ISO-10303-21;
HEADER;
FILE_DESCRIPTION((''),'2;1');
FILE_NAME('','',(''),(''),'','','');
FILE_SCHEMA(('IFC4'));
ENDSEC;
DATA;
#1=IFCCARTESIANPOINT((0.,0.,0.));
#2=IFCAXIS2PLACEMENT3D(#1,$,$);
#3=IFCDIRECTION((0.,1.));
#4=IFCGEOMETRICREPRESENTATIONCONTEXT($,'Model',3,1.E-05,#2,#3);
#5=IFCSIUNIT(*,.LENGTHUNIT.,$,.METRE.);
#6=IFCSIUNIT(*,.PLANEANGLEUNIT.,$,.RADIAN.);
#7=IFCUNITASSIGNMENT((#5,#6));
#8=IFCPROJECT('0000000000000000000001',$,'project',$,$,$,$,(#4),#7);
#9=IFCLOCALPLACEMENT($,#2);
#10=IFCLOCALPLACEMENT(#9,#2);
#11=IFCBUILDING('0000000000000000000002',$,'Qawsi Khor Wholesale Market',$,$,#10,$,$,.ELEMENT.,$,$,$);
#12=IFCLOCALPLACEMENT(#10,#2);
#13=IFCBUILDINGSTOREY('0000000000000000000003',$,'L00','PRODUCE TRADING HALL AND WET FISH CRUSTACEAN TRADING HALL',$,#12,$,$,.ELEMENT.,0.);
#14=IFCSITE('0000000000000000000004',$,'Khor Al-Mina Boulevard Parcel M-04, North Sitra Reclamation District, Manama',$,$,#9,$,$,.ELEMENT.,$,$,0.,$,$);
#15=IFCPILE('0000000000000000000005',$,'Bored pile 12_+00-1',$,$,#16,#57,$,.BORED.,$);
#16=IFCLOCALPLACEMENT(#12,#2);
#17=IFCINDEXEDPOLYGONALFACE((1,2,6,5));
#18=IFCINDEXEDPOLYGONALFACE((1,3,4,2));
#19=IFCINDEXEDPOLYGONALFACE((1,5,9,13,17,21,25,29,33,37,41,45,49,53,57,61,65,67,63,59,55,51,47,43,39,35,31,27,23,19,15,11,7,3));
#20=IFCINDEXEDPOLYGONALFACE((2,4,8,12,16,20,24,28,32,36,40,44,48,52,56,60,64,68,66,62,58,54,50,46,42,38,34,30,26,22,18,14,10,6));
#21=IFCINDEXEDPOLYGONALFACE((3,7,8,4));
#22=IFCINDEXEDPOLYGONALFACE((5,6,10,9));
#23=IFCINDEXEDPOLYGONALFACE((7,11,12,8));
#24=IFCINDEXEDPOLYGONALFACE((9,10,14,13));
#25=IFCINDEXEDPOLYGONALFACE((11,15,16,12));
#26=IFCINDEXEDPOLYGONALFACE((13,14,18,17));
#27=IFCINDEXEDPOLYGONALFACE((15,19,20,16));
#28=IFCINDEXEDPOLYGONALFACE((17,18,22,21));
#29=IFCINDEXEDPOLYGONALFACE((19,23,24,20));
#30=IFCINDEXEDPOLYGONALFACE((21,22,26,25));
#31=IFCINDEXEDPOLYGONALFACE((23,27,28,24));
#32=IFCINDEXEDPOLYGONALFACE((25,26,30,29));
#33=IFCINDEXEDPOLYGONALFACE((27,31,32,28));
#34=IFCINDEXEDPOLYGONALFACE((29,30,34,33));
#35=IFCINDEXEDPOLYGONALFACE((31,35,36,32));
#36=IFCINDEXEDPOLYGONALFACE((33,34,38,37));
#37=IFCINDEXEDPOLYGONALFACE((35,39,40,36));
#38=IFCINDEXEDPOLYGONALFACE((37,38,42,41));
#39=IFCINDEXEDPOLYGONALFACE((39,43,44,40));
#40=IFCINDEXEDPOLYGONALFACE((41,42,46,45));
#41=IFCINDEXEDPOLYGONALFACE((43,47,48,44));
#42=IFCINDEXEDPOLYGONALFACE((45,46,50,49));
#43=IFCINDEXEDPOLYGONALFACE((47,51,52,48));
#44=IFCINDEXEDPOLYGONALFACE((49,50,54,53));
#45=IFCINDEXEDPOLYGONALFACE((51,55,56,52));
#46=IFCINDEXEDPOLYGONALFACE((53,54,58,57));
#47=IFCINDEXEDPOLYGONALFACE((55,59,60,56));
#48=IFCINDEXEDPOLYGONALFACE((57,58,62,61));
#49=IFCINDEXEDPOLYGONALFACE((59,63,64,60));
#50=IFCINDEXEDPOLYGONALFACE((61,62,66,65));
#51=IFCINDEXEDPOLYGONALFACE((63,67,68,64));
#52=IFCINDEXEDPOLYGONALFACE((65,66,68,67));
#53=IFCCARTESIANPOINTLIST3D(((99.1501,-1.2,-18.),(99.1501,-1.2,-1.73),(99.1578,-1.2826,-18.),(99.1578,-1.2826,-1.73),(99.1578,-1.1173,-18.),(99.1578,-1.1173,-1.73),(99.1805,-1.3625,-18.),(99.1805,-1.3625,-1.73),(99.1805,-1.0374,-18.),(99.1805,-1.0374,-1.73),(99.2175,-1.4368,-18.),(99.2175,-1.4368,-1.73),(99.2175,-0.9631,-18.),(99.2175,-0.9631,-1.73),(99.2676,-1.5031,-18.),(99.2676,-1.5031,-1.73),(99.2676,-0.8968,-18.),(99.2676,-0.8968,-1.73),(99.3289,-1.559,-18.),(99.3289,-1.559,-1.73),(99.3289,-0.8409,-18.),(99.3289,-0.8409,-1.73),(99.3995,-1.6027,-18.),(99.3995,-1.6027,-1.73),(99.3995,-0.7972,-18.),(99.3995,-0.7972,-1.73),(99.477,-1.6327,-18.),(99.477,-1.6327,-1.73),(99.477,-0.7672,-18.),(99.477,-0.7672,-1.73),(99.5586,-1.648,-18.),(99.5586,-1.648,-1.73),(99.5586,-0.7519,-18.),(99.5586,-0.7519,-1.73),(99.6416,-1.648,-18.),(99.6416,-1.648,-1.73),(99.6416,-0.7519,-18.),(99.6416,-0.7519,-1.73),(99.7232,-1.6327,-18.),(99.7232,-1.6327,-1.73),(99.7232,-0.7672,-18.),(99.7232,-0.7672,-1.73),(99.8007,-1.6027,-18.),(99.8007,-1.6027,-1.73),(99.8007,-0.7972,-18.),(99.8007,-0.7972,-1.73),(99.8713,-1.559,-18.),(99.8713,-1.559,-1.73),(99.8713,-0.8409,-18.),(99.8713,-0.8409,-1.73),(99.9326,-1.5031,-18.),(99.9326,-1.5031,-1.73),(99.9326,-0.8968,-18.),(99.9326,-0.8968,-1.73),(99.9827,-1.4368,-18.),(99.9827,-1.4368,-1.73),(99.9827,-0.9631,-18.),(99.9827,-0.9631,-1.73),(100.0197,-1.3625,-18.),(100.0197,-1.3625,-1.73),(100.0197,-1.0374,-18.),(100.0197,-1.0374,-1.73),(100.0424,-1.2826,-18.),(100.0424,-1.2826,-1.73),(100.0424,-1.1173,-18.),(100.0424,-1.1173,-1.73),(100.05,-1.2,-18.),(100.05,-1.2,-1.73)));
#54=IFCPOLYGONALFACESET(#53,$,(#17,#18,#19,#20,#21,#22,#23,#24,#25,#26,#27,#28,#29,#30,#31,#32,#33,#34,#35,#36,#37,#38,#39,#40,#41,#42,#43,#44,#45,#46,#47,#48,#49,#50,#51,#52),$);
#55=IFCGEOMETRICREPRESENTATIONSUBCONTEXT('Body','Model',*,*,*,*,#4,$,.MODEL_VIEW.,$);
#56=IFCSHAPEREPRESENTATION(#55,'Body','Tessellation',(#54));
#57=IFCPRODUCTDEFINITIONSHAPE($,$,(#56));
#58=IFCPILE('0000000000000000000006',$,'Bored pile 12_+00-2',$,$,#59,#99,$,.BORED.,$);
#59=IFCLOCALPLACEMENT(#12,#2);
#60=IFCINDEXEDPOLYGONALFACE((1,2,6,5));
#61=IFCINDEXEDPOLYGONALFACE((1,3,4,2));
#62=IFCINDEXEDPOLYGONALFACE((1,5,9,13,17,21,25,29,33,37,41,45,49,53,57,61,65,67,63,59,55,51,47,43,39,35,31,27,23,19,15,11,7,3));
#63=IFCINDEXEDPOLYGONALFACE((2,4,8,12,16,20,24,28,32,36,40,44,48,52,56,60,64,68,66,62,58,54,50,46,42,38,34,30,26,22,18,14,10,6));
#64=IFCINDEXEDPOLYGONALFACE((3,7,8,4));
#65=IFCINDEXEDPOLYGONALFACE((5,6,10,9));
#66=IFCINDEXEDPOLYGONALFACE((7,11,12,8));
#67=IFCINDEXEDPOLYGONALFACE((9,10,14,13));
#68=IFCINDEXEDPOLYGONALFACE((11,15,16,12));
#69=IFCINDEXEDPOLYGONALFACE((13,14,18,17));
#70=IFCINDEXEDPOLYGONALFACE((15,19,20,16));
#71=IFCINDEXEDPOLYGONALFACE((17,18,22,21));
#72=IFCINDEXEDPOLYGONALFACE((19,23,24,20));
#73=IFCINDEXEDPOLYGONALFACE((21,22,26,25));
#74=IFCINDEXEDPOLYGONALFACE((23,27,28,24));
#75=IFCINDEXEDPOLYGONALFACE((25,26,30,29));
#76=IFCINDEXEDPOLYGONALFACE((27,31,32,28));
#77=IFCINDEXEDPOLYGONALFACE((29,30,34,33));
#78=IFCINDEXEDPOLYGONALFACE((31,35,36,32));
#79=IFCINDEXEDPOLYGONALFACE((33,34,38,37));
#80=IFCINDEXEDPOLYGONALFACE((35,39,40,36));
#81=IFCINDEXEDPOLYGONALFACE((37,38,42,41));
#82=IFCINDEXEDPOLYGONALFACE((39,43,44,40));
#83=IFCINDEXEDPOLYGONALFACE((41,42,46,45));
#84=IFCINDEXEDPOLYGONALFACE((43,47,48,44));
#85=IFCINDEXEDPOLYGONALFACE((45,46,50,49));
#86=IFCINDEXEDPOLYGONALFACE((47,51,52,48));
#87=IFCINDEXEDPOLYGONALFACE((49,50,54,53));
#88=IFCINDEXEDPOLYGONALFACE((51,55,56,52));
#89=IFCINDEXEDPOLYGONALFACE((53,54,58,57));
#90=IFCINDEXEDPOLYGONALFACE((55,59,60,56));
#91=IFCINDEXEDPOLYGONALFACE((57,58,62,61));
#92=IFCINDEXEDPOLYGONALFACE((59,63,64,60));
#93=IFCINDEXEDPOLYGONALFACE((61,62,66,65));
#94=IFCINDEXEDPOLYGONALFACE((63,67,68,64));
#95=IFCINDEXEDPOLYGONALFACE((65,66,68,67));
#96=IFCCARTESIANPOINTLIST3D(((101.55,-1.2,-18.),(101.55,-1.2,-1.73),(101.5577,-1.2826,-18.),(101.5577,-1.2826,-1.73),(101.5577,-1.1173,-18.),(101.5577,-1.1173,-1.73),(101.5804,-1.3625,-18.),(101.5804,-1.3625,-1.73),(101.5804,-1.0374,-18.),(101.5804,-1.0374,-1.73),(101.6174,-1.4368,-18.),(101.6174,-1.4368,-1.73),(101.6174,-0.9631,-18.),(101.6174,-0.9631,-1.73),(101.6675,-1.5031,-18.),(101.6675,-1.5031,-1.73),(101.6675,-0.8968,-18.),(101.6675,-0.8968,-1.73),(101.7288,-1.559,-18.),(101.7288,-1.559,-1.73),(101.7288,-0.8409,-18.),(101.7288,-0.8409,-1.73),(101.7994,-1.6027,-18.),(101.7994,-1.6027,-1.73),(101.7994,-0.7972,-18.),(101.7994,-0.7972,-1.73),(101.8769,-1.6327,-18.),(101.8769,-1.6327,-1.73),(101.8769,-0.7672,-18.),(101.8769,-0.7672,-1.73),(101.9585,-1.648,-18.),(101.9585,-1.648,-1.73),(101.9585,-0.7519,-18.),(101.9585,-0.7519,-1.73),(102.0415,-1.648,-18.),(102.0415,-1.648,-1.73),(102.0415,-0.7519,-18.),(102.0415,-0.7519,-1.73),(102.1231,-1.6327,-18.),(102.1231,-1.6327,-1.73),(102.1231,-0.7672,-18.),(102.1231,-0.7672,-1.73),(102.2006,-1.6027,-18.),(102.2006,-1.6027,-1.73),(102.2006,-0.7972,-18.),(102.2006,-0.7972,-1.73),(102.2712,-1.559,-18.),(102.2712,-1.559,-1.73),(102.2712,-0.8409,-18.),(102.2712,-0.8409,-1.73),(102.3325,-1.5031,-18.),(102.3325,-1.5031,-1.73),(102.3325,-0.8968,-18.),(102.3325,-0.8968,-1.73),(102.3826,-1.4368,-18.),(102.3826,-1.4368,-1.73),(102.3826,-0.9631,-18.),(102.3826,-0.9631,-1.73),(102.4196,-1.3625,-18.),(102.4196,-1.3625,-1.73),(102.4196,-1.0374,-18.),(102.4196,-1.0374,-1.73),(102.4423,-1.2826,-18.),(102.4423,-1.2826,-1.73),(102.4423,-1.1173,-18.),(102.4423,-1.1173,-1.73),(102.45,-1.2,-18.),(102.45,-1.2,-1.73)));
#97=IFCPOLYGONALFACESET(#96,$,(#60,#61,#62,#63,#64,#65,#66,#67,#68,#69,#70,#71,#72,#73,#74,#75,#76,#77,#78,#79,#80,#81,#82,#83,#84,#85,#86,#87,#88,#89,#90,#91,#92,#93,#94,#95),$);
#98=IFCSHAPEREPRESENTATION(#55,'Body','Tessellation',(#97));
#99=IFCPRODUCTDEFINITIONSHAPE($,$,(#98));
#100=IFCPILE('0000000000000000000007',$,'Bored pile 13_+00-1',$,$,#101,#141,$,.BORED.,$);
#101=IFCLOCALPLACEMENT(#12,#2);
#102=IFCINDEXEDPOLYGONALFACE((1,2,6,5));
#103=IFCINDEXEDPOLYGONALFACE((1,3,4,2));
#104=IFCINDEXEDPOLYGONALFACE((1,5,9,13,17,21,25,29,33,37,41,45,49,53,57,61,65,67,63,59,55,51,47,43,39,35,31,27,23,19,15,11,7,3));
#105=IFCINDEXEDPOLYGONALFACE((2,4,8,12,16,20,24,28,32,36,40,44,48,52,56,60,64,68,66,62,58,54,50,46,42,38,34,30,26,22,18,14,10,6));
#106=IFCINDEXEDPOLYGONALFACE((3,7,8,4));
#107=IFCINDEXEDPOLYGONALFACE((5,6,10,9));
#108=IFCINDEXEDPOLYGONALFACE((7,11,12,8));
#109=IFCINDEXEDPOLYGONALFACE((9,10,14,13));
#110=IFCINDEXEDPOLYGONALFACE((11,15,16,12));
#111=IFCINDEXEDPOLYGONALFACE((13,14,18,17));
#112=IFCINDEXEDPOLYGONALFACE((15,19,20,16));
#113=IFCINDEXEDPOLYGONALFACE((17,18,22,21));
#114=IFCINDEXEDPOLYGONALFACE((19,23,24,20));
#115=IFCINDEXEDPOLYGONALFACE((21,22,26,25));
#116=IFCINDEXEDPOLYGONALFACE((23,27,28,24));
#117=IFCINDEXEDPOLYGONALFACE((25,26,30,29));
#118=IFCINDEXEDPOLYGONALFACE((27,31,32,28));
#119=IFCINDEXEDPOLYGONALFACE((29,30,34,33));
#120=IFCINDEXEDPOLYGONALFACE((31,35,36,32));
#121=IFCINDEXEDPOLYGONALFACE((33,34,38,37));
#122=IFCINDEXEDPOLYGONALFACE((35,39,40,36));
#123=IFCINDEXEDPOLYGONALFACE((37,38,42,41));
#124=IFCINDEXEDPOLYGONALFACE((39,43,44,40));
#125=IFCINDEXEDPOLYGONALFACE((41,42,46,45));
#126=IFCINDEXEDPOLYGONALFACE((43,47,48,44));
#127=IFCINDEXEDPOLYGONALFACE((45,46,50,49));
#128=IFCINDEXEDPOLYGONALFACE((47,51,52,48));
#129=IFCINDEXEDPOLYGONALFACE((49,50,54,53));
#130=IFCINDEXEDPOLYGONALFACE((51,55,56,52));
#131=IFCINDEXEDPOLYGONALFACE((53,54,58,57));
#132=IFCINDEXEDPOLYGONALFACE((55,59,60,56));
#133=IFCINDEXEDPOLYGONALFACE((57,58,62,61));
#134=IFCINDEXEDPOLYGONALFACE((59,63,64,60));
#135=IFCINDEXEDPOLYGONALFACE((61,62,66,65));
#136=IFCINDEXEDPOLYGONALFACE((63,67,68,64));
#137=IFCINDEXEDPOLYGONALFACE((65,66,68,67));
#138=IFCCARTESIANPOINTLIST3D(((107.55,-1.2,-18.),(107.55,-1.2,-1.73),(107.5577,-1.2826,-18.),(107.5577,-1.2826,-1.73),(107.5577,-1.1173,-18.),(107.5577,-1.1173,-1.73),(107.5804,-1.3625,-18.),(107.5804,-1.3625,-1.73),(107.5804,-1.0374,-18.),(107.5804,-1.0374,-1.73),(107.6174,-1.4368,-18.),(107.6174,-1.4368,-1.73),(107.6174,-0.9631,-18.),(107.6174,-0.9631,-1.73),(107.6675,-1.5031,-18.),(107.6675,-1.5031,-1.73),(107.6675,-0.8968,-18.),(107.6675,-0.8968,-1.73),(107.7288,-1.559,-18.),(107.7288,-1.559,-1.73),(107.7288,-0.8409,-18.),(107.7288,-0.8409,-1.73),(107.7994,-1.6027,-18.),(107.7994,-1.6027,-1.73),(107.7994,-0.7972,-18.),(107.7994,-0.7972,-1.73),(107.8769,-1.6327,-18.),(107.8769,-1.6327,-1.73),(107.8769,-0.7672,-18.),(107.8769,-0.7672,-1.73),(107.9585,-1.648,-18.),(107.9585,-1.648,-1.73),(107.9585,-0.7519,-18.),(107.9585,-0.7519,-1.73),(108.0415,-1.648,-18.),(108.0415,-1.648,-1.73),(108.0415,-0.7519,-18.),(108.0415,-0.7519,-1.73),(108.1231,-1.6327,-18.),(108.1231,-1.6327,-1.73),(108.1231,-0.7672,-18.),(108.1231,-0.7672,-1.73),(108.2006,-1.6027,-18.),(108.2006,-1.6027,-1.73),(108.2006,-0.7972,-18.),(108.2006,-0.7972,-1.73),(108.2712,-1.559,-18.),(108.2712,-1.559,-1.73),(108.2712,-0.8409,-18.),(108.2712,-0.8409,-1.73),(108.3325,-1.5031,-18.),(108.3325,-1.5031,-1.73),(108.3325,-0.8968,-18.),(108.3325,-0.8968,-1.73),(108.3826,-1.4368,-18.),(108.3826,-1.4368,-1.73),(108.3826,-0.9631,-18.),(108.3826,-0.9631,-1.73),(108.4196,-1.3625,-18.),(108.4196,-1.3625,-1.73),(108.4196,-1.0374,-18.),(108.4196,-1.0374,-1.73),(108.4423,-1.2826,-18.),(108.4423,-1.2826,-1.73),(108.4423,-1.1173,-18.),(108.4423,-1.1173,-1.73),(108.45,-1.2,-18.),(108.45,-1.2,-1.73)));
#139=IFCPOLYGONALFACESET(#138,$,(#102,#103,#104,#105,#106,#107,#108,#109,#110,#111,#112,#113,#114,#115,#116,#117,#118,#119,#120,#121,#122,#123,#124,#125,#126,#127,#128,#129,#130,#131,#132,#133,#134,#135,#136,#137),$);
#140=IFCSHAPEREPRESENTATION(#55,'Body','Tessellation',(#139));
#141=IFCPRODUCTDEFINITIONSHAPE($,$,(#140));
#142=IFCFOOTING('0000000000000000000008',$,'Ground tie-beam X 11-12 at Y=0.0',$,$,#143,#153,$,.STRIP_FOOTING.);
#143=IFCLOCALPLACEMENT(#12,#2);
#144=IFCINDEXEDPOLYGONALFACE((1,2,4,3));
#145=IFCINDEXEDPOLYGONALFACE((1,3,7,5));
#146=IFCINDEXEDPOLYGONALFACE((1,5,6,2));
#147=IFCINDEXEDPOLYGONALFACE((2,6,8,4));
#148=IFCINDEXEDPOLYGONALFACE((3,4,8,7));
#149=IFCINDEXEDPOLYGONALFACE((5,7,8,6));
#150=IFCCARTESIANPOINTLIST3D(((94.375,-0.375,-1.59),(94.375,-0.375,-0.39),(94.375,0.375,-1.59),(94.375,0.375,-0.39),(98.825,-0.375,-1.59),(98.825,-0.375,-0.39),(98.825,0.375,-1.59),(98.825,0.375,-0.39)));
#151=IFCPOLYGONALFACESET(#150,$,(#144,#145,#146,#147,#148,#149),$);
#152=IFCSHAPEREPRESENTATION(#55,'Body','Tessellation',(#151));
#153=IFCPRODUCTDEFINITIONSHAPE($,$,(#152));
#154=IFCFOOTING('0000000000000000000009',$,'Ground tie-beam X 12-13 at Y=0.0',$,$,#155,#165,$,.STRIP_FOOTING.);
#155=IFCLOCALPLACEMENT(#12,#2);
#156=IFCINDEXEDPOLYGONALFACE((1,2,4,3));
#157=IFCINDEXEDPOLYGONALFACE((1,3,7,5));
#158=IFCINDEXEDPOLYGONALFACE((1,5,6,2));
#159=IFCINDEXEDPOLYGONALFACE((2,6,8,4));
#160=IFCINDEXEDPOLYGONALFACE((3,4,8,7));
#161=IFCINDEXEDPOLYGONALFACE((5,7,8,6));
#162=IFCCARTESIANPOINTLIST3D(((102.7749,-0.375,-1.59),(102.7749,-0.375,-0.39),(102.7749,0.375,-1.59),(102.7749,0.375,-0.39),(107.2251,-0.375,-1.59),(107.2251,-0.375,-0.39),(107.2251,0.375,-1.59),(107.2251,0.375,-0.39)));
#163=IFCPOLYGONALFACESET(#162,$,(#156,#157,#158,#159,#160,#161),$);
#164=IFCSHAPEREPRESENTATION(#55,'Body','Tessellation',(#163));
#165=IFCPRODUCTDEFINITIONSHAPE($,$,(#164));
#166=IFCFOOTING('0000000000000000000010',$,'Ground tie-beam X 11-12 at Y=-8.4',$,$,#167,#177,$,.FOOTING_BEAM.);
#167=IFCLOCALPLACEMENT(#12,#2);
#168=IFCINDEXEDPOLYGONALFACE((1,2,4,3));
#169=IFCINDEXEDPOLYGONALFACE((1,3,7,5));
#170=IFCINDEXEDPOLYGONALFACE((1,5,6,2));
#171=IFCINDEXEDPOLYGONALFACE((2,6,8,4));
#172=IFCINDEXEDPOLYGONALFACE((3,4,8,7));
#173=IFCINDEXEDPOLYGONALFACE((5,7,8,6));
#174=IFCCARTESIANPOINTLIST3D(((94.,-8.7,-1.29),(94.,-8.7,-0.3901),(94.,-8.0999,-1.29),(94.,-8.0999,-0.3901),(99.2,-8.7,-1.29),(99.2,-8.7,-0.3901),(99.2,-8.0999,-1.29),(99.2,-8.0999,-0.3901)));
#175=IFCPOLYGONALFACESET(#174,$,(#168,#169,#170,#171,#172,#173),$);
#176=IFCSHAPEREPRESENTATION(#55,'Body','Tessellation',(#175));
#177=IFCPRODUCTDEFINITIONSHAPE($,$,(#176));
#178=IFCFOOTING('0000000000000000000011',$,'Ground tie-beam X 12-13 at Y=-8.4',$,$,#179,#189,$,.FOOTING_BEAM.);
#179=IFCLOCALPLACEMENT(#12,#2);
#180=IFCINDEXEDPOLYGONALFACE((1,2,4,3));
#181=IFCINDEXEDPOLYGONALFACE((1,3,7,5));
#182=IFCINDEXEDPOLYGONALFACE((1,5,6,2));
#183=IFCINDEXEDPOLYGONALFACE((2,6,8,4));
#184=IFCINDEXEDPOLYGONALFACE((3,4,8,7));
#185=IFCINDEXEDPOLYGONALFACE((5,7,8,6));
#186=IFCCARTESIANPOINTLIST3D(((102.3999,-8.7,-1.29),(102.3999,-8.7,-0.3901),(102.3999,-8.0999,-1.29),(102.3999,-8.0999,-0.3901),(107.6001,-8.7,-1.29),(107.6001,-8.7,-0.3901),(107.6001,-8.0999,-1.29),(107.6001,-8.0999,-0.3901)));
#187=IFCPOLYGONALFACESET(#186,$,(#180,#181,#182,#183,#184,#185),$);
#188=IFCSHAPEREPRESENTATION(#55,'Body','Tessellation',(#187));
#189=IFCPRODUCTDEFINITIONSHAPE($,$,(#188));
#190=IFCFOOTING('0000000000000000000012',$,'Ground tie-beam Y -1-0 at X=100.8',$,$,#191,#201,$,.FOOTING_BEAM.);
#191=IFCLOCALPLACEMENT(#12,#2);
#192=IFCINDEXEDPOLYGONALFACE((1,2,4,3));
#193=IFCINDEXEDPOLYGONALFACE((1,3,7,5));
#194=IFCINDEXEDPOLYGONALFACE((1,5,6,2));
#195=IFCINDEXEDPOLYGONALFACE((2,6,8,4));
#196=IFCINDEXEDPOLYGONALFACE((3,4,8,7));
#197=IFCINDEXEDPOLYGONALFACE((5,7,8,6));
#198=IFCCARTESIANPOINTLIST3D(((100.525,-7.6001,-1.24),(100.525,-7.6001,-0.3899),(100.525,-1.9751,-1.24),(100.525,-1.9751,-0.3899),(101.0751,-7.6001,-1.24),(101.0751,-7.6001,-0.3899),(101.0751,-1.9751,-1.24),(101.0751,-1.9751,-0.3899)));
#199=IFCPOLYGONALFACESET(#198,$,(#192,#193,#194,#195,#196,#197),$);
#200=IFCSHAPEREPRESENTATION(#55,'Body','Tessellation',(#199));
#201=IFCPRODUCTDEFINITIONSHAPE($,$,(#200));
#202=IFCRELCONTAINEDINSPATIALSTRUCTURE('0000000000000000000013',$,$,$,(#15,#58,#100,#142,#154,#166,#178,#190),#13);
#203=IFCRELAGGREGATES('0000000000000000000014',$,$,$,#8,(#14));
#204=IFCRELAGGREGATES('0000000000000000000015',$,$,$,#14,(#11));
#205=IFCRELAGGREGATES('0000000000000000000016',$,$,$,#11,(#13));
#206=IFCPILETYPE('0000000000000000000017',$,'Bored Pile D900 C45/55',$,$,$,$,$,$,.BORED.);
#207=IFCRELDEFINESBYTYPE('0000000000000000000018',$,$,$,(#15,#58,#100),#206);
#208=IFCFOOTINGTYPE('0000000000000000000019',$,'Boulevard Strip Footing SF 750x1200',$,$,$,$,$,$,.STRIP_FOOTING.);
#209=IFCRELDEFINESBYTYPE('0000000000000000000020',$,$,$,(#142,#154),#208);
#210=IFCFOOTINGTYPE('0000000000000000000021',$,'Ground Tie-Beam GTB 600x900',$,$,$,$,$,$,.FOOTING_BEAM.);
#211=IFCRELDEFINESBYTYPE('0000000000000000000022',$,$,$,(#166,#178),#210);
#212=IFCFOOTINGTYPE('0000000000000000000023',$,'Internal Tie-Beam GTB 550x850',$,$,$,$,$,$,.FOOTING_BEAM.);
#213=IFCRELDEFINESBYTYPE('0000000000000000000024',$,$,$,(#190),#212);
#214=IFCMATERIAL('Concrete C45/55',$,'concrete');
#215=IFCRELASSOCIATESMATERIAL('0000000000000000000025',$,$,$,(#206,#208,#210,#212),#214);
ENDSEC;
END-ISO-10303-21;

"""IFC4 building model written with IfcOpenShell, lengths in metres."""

from ifc_helpers import new_model, si_unit, direction, frame, origin, origin_2d, place, context, subcontext, project, spatial, rectangle, circle, extrude, material, material_profile, profile_set, type_object, element, save


model = new_model("IFC4")

# Units and contexts
model_context = context("Model", 3, precision=1e-05, world=origin(), true_north=direction((0.0, 1.0)))
body_context = subcontext(model_context, "Body", "Model", "MODEL_VIEW")
ifc_project = project(units=[si_unit("LENGTHUNIT", "METRE"), si_unit("PLANEANGLEUNIT", "RADIAN")], contexts=[model_context])

# Site, building, storey
site_placement = place(None, origin())
site = spatial("IfcSite", under=ifc_project, at=site_placement, Name="Khor Al-Mina Boulevard Parcel M-04, North Sitra Reclamation District, Manama", CompositionType="ELEMENT", RefElevation=0.0)
building_placement = place(site_placement, origin())
building = spatial("IfcBuilding", under=site, at=building_placement, Name="Qawsi Khor Wholesale Market", CompositionType="ELEMENT")
storey_placement = place(building_placement, origin())
storey = spatial("IfcBuildingStorey", under=building, at=storey_placement, Name="L00", Description="PRODUCE TRADING HALL AND WET FISH CRUSTACEAN TRADING HALL", CompositionType="ELEMENT", Elevation=0.0)

# Piles
ifc_material_1 = material(Name="Concrete C45/55", Category="concrete")
ifc_material_profile_1 = material_profile(ifc_material_1, circle(Radius=0.45, at=origin_2d()), Name="PILE D900")
ifc_profile_set_1 = profile_set([ifc_material_profile_1], Name="Concrete C45/55")
pile_type_1 = type_object("IfcPileType", Name="Bored Pile D900 C45/55", PredefinedType="BORED", material=ifc_profile_set_1)
for number, where, z_axis, x_axis, name in (
    (1, (99.6001, -1.2, -1.73), (0.0, 0.0, -1.0), (1.0, 0.0, 0.0), "Bored pile 12_+00-1"),
    (2, (102.0, -1.2, -1.73), (0.0, 0.0, -1.0), (1.0, 0.0, 0.0), "Bored pile 12_+00-2"),
    (3, (108.0, -1.2, -1.73), (0.0, 0.0, -1.0), (1.0, 0.0, 0.0), "Bored pile 13_+00-1"),
):
    element("IfcPile", number, at=place(storey_placement, frame(where, z_axis=z_axis, x_axis=x_axis)), inside=storey, type_object=pile_type_1, Name=name, PredefinedType="BORED", context=body_context, shape_type="SweptSolid", body=[
        extrude(circle(Radius=0.45, at=origin_2d()), origin(), (0.0, 0.0, 1.0), 16.27),
    ])

# Footings
ifc_material_profile_2 = material_profile(ifc_material_1, rectangle(XDim=0.75, YDim=1.2, at=origin_2d()), Name="RC 750x1200")
ifc_profile_set_2 = profile_set([ifc_material_profile_2], Name="Concrete C45/55")
footing_type_1 = type_object("IfcFootingType", Name="Boulevard Strip Footing SF 750x1200", PredefinedType="STRIP_FOOTING", material=ifc_profile_set_2)
footing_1_placement = place(storey_placement, frame((94.375, 0.0, -0.99), z_axis=(1.0, 0.0, 0.0), x_axis=(0.0, 1.0, 0.0)))
element("IfcFooting", 4, at=footing_1_placement, inside=storey, type_object=footing_type_1, Name="Ground tie-beam X 11-12 at Y=0.0", PredefinedType="STRIP_FOOTING", context=body_context, shape_type="SweptSolid", body=[
    extrude(rectangle(XDim=0.75, YDim=1.2, at=origin_2d()), origin(), (0.0, 0.0, 1.0), 4.45),
])
footing_2_placement = place(storey_placement, frame((102.7749, 0.0, -0.99), z_axis=(1.0, 0.0, 0.0), x_axis=(0.0, 1.0, 0.0)))
element("IfcFooting", 5, at=footing_2_placement, inside=storey, type_object=footing_type_1, Name="Ground tie-beam X 12-13 at Y=0.0", PredefinedType="STRIP_FOOTING", context=body_context, shape_type="SweptSolid", body=[
    extrude(rectangle(XDim=0.75, YDim=1.2, at=origin_2d()), origin(), (0.0, 0.0, 1.0), 4.4502),
])
ifc_material_profile_3 = material_profile(ifc_material_1, rectangle(XDim=0.6001, YDim=0.8999, at=origin_2d()), Name="RC 600x900")
ifc_profile_set_3 = profile_set([ifc_material_profile_3], Name="Concrete C45/55")
footing_type_2 = type_object("IfcFootingType", Name="Ground Tie-Beam GTB 600x900", PredefinedType="FOOTING_BEAM", material=ifc_profile_set_3)
footing_3_placement = place(storey_placement, frame((94.0, -8.3999, -0.8401), z_axis=(1.0, 0.0, 0.0), x_axis=(0.0, 1.0, 0.0)))
element("IfcFooting", 6, at=footing_3_placement, inside=storey, type_object=footing_type_2, Name="Ground tie-beam X 11-12 at Y=-8.4", PredefinedType="FOOTING_BEAM", context=body_context, shape_type="SweptSolid", body=[
    extrude(rectangle(XDim=0.6001, YDim=0.8999, at=origin_2d()), origin(), (0.0, 0.0, 1.0), 5.2),
])
footing_4_placement = place(storey_placement, frame((102.3999, -8.3999, -0.8401), z_axis=(1.0, 0.0, 0.0), x_axis=(0.0, 1.0, 0.0)))
element("IfcFooting", 7, at=footing_4_placement, inside=storey, type_object=footing_type_2, Name="Ground tie-beam X 12-13 at Y=-8.4", PredefinedType="FOOTING_BEAM", context=body_context, shape_type="SweptSolid", body=[
    extrude(rectangle(XDim=0.6001, YDim=0.8999, at=origin_2d()), origin(), (0.0, 0.0, 1.0), 5.2002),
])
ifc_material_profile_4 = material_profile(ifc_material_1, rectangle(XDim=0.55, YDim=0.8501, at=origin_2d()), Name="RC 550x850")
ifc_profile_set_4 = profile_set([ifc_material_profile_4], Name="Concrete C45/55")
footing_type_3 = type_object("IfcFootingType", Name="Internal Tie-Beam GTB 550x850", PredefinedType="FOOTING_BEAM", material=ifc_profile_set_4)
footing_5_placement = place(storey_placement, frame((100.8, -7.6001, -0.8149), z_axis=(0.0, 1.0, 0.0), x_axis=(-1.0, 0.0, 0.0)))
element("IfcFooting", 8, at=footing_5_placement, inside=storey, type_object=footing_type_3, Name="Ground tie-beam Y -1-0 at X=100.8", PredefinedType="FOOTING_BEAM", context=body_context, shape_type="SweptSolid", body=[
    extrude(rectangle(XDim=0.55, YDim=0.8501, at=origin_2d()), origin(), (0.0, 0.0, 1.0), 5.625),
])

save(model, "model.ifc")
